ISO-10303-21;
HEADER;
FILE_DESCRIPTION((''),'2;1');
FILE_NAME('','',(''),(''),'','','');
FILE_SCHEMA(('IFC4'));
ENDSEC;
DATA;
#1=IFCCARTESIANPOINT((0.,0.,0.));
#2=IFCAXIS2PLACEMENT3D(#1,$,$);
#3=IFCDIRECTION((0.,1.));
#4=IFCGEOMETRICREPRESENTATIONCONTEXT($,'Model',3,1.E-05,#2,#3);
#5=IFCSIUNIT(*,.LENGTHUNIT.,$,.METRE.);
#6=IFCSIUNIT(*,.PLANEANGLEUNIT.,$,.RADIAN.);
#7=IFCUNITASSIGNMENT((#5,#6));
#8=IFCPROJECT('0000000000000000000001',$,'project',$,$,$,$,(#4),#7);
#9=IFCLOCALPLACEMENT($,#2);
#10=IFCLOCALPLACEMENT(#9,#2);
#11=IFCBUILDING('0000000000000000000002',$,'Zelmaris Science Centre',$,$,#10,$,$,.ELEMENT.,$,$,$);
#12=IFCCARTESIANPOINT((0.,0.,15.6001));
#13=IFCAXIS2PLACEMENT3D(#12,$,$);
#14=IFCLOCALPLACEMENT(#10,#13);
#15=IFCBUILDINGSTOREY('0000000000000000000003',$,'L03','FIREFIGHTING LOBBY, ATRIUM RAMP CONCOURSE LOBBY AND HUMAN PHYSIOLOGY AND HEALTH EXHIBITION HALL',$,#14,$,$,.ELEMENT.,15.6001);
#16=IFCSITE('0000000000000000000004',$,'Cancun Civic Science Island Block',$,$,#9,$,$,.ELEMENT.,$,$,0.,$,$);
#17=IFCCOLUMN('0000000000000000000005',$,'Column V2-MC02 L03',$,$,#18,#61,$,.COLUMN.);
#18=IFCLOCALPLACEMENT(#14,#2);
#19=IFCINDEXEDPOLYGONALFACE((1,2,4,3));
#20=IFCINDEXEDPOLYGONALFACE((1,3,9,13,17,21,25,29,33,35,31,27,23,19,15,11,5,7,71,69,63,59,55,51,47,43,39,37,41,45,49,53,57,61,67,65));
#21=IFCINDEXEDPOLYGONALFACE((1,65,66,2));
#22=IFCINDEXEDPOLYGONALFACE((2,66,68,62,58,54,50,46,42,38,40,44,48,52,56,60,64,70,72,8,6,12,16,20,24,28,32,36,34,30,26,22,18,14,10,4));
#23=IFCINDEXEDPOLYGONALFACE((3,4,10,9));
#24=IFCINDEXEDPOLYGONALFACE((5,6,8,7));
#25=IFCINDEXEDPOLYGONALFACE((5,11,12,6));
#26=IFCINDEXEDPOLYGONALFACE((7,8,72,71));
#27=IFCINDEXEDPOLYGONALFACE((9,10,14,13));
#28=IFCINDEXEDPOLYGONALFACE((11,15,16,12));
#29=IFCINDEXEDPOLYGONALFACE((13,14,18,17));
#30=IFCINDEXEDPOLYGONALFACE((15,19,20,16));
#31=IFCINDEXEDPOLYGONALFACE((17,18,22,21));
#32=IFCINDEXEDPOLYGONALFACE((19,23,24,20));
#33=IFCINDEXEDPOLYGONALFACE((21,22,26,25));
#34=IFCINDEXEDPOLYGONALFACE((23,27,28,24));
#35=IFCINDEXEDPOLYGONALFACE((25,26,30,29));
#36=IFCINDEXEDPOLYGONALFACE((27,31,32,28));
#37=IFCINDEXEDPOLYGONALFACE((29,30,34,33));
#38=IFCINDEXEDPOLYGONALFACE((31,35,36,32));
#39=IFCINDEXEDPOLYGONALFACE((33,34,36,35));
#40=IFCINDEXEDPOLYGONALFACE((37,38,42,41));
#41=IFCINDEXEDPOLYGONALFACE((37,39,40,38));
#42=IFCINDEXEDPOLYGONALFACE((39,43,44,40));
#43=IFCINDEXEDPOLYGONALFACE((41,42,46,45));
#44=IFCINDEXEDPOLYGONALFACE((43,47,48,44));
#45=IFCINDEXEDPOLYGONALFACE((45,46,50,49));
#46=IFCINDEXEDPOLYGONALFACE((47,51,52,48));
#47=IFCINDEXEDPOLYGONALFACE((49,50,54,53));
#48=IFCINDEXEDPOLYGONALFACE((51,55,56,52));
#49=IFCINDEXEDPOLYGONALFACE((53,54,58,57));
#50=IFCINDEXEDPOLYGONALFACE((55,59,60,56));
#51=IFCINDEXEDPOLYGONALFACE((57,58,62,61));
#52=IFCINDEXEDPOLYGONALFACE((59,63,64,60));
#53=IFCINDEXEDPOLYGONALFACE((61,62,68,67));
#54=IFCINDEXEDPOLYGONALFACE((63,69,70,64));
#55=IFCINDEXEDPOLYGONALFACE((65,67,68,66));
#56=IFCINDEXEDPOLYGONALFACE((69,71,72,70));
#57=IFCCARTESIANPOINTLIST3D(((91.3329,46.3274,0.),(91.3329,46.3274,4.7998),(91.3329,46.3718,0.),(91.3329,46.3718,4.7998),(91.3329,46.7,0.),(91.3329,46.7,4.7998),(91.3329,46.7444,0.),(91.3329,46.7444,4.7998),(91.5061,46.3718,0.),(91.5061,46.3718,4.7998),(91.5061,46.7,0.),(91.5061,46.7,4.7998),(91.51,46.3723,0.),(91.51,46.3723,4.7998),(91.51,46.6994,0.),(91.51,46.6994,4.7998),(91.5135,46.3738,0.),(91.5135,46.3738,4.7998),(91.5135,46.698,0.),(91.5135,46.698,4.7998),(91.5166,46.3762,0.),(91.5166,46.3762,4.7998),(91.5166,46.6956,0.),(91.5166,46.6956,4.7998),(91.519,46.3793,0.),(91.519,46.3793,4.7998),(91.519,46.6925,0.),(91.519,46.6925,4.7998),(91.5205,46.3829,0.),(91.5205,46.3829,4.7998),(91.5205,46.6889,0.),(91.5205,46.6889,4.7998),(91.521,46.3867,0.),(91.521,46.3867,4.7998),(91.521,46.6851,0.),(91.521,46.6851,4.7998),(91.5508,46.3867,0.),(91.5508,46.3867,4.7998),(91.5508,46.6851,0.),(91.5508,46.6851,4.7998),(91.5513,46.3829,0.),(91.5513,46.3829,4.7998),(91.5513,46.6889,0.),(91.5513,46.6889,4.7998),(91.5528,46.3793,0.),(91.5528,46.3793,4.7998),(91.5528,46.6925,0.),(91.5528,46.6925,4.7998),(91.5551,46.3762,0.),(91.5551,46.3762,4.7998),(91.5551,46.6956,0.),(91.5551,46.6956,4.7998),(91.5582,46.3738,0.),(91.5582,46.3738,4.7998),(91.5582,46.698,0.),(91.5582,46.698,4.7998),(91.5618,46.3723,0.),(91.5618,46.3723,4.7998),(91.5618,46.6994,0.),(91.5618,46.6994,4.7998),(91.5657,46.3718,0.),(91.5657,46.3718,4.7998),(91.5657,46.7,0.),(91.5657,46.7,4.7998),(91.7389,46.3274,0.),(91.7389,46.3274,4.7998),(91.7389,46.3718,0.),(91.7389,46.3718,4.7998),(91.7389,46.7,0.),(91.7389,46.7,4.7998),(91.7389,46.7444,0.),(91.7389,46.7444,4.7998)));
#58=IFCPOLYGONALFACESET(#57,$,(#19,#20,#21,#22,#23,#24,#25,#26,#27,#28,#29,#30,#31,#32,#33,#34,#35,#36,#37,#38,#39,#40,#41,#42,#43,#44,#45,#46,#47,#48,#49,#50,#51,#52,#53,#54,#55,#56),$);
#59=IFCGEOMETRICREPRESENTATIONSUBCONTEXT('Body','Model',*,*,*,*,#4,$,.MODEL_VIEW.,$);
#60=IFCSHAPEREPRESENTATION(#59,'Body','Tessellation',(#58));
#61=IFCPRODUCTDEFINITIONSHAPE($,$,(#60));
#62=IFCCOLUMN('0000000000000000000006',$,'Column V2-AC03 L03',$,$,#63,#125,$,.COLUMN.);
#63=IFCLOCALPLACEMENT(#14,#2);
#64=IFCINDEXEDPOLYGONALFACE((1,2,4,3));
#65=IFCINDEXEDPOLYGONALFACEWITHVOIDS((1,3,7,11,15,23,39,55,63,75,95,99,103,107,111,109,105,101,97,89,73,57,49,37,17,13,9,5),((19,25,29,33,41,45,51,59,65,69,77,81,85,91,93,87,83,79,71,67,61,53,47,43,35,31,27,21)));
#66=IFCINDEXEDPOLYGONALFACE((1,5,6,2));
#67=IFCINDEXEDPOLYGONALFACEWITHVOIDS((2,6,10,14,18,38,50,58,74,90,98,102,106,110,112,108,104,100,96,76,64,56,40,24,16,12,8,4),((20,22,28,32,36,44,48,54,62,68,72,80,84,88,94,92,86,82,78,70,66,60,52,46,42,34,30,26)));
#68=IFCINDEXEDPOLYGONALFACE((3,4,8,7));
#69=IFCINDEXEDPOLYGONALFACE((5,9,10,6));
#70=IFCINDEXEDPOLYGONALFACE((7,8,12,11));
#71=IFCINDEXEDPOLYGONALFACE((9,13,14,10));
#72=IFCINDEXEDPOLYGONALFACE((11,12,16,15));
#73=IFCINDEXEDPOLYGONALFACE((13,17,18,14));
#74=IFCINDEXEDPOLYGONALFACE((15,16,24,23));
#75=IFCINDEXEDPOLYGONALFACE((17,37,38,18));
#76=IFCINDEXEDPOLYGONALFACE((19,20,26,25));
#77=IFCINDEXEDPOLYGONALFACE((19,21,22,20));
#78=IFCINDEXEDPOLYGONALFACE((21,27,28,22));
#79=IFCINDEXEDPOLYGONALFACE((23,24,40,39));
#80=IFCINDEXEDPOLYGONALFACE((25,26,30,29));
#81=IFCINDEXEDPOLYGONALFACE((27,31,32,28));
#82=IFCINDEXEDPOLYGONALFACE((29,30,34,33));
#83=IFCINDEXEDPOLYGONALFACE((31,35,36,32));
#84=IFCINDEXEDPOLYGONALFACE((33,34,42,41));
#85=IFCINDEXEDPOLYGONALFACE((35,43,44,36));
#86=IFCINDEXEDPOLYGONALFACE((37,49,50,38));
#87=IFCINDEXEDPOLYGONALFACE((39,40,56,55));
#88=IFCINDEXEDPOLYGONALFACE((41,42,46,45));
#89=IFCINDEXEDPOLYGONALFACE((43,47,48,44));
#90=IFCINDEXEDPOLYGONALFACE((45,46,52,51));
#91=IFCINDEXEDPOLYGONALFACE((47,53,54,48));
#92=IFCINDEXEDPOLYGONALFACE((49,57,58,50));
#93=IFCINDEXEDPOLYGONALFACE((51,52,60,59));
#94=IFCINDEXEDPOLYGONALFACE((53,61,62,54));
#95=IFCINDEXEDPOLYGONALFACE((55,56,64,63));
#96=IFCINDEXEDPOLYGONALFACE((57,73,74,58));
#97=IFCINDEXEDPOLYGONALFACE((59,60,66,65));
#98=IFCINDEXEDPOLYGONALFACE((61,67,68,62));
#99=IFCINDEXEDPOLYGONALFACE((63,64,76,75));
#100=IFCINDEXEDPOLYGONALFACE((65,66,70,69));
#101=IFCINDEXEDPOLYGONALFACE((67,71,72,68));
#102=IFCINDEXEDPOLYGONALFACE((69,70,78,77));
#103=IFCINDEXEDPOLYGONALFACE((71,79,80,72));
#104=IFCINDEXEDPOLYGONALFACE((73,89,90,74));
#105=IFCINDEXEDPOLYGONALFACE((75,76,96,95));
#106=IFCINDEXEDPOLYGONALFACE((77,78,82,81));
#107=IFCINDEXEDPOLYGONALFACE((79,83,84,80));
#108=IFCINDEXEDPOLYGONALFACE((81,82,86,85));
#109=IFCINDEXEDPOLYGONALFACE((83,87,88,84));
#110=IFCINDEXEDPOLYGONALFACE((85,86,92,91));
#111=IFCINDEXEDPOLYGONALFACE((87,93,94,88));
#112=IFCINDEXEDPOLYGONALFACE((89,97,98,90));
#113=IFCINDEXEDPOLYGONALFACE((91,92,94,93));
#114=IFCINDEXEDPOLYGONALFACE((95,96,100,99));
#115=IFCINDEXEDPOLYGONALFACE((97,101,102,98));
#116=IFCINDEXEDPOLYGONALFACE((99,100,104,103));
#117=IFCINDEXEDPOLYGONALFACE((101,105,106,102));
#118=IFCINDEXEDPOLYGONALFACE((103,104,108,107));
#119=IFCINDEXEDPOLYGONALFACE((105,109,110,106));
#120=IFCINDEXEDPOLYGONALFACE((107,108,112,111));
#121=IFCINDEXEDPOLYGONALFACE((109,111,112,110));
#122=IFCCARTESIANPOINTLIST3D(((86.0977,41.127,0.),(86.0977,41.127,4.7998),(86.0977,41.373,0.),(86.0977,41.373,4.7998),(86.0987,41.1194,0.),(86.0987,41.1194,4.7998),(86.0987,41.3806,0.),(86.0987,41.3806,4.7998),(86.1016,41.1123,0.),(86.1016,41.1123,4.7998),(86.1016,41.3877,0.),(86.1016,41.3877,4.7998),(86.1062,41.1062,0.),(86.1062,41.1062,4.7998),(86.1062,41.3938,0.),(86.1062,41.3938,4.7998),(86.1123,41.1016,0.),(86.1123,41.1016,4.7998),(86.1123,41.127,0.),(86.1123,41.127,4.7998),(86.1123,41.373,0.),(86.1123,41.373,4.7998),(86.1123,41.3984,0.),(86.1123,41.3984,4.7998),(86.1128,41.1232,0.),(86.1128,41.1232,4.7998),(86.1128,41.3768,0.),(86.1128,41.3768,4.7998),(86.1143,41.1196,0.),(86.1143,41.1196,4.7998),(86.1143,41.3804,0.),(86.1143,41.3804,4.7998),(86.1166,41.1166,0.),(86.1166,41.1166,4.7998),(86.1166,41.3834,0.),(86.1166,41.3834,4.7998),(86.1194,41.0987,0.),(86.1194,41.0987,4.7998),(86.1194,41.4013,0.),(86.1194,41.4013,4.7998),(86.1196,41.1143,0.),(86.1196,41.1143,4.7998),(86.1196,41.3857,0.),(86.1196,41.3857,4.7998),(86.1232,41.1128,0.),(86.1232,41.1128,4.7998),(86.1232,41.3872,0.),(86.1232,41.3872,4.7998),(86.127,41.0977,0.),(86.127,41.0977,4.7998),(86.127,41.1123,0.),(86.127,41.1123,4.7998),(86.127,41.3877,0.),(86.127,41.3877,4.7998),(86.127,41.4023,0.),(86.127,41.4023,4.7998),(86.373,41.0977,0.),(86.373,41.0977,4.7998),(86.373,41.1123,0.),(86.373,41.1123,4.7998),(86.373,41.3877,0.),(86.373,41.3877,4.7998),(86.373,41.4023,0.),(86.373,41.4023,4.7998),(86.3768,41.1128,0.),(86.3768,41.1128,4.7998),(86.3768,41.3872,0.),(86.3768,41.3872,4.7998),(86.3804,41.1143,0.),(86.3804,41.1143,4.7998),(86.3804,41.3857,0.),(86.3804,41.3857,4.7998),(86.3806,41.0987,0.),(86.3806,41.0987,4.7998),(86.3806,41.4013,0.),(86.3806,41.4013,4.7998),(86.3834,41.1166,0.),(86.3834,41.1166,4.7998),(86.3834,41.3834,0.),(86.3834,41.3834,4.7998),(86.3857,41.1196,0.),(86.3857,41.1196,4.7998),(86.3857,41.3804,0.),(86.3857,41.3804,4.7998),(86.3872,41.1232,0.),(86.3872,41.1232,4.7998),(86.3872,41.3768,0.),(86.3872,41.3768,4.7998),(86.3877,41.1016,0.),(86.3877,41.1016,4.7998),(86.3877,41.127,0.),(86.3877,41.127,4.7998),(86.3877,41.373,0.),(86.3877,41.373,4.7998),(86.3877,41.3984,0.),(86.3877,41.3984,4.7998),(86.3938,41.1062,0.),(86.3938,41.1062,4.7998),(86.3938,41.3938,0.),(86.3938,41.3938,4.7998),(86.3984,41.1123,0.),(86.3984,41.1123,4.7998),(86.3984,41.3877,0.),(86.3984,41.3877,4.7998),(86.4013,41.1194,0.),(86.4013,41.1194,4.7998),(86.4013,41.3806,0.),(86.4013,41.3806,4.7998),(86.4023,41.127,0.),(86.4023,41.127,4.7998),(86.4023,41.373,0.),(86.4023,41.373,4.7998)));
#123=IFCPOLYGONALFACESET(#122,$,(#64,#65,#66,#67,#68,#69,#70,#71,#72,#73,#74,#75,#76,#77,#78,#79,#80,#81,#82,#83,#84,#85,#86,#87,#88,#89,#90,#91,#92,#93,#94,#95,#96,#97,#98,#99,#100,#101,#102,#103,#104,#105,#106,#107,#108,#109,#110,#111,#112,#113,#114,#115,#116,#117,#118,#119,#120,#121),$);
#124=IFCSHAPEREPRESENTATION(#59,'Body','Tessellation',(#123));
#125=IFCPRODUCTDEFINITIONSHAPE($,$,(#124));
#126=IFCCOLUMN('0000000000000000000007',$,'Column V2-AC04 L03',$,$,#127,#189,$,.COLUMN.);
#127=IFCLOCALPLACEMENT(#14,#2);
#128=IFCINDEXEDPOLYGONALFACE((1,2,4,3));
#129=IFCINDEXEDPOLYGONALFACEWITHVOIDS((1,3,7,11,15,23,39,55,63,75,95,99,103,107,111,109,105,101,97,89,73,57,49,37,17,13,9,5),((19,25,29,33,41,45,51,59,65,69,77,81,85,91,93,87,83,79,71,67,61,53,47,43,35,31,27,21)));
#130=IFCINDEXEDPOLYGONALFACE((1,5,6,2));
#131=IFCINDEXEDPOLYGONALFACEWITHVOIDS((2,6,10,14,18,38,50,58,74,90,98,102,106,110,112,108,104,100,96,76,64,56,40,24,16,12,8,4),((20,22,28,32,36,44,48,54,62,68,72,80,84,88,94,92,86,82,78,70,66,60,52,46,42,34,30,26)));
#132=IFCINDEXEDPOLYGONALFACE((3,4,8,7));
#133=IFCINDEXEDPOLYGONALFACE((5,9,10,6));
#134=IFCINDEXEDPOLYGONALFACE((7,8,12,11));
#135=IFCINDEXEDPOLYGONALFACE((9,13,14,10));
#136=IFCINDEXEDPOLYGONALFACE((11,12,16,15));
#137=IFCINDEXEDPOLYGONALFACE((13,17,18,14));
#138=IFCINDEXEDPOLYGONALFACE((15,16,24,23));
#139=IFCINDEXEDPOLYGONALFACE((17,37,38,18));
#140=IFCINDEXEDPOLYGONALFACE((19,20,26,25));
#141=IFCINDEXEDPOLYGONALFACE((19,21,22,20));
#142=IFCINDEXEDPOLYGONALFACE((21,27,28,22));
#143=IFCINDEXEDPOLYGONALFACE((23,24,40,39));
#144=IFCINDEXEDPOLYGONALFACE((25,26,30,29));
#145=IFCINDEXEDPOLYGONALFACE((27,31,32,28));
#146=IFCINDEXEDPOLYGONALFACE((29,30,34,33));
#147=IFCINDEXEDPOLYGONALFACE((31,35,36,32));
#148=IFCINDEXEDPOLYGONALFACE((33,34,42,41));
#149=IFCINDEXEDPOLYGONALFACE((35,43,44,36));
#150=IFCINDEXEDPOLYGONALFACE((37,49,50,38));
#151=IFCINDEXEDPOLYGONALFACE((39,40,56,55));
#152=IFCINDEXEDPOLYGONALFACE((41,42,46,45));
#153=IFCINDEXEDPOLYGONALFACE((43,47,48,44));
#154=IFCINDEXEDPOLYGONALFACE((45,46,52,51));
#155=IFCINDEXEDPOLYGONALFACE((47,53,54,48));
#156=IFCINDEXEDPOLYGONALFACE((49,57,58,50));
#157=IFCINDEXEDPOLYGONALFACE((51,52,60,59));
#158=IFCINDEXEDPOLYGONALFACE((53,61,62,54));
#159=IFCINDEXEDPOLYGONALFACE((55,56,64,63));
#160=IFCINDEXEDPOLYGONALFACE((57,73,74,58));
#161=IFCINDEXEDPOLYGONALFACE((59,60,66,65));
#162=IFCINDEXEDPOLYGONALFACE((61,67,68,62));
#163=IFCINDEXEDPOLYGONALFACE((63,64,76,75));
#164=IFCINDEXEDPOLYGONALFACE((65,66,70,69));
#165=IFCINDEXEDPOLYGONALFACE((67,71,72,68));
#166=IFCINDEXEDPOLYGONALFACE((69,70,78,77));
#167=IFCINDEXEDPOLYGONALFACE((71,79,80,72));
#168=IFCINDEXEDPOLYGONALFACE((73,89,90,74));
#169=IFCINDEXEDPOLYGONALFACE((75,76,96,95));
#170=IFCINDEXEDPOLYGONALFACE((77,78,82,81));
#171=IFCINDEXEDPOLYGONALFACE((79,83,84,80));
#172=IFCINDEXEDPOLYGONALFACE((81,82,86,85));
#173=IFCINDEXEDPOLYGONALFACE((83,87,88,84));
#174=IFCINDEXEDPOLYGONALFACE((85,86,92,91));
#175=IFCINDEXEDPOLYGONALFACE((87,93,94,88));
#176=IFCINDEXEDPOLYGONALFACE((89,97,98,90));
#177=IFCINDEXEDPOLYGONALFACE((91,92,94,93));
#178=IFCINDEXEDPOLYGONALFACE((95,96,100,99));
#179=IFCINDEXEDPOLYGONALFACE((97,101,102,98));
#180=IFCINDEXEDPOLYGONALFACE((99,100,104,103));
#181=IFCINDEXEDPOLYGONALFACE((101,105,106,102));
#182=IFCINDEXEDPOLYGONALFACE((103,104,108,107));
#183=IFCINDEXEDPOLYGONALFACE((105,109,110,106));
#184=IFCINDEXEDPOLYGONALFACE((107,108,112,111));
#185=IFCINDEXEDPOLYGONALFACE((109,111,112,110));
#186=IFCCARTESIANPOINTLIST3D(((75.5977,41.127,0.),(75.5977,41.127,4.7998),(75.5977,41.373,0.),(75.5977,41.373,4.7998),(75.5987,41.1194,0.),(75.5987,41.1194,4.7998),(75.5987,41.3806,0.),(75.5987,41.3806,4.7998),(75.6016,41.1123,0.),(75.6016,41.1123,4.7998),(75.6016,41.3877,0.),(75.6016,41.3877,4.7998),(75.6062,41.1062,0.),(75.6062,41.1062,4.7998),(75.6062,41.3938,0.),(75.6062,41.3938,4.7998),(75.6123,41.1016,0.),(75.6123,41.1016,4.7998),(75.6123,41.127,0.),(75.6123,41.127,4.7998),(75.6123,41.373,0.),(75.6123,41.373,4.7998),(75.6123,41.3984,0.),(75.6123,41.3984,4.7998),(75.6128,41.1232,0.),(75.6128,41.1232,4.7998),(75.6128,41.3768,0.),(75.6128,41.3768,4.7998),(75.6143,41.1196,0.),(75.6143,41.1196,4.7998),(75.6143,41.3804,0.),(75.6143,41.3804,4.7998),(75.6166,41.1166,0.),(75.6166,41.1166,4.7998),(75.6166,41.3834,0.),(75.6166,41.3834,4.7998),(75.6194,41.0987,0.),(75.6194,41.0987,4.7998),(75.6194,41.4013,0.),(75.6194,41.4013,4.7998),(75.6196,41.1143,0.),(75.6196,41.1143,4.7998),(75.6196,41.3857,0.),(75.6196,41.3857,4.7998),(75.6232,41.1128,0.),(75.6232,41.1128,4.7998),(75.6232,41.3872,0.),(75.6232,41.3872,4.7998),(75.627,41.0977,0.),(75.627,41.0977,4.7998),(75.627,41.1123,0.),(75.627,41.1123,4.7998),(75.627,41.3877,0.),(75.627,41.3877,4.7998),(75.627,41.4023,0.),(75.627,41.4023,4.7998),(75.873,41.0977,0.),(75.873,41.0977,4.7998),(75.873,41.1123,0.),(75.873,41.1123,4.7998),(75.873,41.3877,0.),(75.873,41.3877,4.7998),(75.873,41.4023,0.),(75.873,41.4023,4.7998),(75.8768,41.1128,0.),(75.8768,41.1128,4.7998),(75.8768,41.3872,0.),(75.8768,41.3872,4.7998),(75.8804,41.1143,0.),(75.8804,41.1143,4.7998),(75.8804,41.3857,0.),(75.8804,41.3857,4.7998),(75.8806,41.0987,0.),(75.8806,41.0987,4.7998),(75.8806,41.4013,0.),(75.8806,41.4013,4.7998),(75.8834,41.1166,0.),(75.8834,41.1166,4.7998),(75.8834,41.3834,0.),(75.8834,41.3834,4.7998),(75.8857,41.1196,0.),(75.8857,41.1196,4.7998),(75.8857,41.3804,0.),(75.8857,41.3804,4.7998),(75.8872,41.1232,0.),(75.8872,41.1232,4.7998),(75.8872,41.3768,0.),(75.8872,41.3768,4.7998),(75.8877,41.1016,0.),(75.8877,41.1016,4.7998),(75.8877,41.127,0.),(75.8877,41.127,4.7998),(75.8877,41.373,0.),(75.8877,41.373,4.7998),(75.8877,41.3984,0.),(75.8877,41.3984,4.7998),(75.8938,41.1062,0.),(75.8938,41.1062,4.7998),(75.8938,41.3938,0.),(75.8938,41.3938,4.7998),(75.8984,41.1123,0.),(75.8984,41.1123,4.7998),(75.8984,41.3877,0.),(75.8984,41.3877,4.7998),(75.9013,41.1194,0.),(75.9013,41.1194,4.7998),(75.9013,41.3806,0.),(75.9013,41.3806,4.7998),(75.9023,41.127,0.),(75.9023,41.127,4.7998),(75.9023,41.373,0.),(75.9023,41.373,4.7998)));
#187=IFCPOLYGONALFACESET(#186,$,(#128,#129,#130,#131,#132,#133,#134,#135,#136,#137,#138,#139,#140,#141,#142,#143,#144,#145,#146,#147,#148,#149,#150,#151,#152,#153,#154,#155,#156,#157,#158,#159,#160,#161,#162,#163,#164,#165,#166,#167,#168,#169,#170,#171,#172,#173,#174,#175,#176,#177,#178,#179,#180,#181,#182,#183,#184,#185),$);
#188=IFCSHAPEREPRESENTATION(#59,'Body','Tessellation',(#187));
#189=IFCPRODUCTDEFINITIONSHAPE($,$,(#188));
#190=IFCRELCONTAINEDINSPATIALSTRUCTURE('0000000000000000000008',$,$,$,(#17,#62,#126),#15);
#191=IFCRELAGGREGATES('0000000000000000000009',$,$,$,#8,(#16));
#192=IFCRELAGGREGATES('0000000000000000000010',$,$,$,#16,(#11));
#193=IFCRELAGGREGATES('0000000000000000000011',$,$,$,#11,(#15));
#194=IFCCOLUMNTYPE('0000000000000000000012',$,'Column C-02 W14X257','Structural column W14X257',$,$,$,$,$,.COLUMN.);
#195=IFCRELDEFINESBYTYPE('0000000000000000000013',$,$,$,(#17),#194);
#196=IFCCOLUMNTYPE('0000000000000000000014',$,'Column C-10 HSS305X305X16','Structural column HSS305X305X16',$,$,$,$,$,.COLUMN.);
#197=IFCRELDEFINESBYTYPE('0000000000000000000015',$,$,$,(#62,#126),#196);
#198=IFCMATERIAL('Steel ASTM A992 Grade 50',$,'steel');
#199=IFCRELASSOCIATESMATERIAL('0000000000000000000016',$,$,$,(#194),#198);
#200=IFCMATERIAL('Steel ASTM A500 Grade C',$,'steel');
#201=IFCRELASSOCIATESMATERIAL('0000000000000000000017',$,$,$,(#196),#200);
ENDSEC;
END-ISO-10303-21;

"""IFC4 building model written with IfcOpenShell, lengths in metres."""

from ifc_helpers import new_model, si_unit, direction, frame, origin, origin_2d, place, context, subcontext, project, spatial, hollow_rectangle, i_section, extrude, material, material_profile, profile_set, type_object, element, save


model = new_model("IFC4")

# Units and contexts
model_context = context("Model", 3, precision=1e-05, world=origin(), true_north=direction((0.0, 1.0)))
body_context = subcontext(model_context, "Body", "Model", "MODEL_VIEW")
ifc_project = project(units=[si_unit("LENGTHUNIT", "METRE"), si_unit("PLANEANGLEUNIT", "RADIAN")], contexts=[model_context])

# Site, building, storey
site_placement = place(None, origin())
site = spatial("IfcSite", under=ifc_project, at=site_placement, Name="Cancun Civic Science Island Block", CompositionType="ELEMENT", RefElevation=0.0)
building_placement = place(site_placement, origin())
building = spatial("IfcBuilding", under=site, at=building_placement, Name="Zelmaris Science Centre", CompositionType="ELEMENT")
storey_placement = place(building_placement, frame((0.0, 0.0, 15.6001)))
storey = spatial("IfcBuildingStorey", under=building, at=storey_placement, Name="L03", Description="FIREFIGHTING LOBBY, ATRIUM RAMP CONCOURSE LOBBY AND HUMAN PHYSIOLOGY AND HEALTH EXHIBITION HALL", CompositionType="ELEMENT", Elevation=15.6001)

# Columns
ifc_material_1 = material(Name="Steel ASTM A992 Grade 50", Category="steel")
ifc_material_profile_1 = material_profile(ifc_material_1, i_section(OverallWidth=0.406, OverallDepth=0.417, WebThickness=0.0298, FlangeThickness=0.0444, FilletRadius=0.0149, at=origin_2d()), Name="W14X257")
ifc_profile_set_1 = profile_set([ifc_material_profile_1], Name="Steel ASTM A992 Grade 50")
column_type_1 = type_object("IfcColumnType", Name="Column C-02 W14X257", Description="Structural column W14X257", PredefinedType="COLUMN", material=ifc_profile_set_1)
column_placement = place(storey_placement, frame((91.5359, 46.5359, 0.0), z_axis=(0.0, 0.0, 1.0), x_axis=(1.0, 0.0, 0.0)))
element("IfcColumn", 1, at=column_placement, inside=storey, type_object=column_type_1, Name="Column V2-MC02 L03", PredefinedType="COLUMN", context=body_context, shape_type="SweptSolid", body=[
    extrude(i_section(OverallWidth=0.406, OverallDepth=0.417, WebThickness=0.0298, FlangeThickness=0.0444, FilletRadius=0.0149, at=origin_2d()), origin(), (0.0, 0.0, 1.0), 4.7998),
])
ifc_material_2 = material(Name="Steel ASTM A500 Grade C", Category="steel")
ifc_material_profile_2 = material_profile(ifc_material_2, hollow_rectangle(XDim=0.3047, YDim=0.3047, WallThickness=0.0146, InnerFilletRadius=0.0146, OuterFilletRadius=0.0293, at=origin_2d()), Name="HSS305X305X16")
ifc_profile_set_2 = profile_set([ifc_material_profile_2], Name="Steel ASTM A500 Grade C")
column_type_2 = type_object("IfcColumnType", Name="Column C-10 HSS305X305X16", Description="Structural column HSS305X305X16", PredefinedType="COLUMN", material=ifc_profile_set_2)
for number, where, z_axis, x_axis, name in (
    (2, (86.25, 41.25, 0.0), (0.0, 0.0, 1.0), (1.0, 0.0, 0.0), "Column V2-AC03 L03"),
    (3, (75.75, 41.25, 0.0), (0.0, 0.0, 1.0), (1.0, 0.0, 0.0), "Column V2-AC04 L03"),
):
    element("IfcColumn", number, at=place(storey_placement, frame(where, z_axis=z_axis, x_axis=x_axis)), inside=storey, type_object=column_type_2, Name=name, PredefinedType="COLUMN", context=body_context, shape_type="SweptSolid", body=[
        extrude(hollow_rectangle(XDim=0.3047, YDim=0.3047, WallThickness=0.0146, InnerFilletRadius=0.0146, OuterFilletRadius=0.0293, at=origin_2d()), origin(), (0.0, 0.0, 1.0), 4.7998),
    ])

save(model, "model.ifc")
